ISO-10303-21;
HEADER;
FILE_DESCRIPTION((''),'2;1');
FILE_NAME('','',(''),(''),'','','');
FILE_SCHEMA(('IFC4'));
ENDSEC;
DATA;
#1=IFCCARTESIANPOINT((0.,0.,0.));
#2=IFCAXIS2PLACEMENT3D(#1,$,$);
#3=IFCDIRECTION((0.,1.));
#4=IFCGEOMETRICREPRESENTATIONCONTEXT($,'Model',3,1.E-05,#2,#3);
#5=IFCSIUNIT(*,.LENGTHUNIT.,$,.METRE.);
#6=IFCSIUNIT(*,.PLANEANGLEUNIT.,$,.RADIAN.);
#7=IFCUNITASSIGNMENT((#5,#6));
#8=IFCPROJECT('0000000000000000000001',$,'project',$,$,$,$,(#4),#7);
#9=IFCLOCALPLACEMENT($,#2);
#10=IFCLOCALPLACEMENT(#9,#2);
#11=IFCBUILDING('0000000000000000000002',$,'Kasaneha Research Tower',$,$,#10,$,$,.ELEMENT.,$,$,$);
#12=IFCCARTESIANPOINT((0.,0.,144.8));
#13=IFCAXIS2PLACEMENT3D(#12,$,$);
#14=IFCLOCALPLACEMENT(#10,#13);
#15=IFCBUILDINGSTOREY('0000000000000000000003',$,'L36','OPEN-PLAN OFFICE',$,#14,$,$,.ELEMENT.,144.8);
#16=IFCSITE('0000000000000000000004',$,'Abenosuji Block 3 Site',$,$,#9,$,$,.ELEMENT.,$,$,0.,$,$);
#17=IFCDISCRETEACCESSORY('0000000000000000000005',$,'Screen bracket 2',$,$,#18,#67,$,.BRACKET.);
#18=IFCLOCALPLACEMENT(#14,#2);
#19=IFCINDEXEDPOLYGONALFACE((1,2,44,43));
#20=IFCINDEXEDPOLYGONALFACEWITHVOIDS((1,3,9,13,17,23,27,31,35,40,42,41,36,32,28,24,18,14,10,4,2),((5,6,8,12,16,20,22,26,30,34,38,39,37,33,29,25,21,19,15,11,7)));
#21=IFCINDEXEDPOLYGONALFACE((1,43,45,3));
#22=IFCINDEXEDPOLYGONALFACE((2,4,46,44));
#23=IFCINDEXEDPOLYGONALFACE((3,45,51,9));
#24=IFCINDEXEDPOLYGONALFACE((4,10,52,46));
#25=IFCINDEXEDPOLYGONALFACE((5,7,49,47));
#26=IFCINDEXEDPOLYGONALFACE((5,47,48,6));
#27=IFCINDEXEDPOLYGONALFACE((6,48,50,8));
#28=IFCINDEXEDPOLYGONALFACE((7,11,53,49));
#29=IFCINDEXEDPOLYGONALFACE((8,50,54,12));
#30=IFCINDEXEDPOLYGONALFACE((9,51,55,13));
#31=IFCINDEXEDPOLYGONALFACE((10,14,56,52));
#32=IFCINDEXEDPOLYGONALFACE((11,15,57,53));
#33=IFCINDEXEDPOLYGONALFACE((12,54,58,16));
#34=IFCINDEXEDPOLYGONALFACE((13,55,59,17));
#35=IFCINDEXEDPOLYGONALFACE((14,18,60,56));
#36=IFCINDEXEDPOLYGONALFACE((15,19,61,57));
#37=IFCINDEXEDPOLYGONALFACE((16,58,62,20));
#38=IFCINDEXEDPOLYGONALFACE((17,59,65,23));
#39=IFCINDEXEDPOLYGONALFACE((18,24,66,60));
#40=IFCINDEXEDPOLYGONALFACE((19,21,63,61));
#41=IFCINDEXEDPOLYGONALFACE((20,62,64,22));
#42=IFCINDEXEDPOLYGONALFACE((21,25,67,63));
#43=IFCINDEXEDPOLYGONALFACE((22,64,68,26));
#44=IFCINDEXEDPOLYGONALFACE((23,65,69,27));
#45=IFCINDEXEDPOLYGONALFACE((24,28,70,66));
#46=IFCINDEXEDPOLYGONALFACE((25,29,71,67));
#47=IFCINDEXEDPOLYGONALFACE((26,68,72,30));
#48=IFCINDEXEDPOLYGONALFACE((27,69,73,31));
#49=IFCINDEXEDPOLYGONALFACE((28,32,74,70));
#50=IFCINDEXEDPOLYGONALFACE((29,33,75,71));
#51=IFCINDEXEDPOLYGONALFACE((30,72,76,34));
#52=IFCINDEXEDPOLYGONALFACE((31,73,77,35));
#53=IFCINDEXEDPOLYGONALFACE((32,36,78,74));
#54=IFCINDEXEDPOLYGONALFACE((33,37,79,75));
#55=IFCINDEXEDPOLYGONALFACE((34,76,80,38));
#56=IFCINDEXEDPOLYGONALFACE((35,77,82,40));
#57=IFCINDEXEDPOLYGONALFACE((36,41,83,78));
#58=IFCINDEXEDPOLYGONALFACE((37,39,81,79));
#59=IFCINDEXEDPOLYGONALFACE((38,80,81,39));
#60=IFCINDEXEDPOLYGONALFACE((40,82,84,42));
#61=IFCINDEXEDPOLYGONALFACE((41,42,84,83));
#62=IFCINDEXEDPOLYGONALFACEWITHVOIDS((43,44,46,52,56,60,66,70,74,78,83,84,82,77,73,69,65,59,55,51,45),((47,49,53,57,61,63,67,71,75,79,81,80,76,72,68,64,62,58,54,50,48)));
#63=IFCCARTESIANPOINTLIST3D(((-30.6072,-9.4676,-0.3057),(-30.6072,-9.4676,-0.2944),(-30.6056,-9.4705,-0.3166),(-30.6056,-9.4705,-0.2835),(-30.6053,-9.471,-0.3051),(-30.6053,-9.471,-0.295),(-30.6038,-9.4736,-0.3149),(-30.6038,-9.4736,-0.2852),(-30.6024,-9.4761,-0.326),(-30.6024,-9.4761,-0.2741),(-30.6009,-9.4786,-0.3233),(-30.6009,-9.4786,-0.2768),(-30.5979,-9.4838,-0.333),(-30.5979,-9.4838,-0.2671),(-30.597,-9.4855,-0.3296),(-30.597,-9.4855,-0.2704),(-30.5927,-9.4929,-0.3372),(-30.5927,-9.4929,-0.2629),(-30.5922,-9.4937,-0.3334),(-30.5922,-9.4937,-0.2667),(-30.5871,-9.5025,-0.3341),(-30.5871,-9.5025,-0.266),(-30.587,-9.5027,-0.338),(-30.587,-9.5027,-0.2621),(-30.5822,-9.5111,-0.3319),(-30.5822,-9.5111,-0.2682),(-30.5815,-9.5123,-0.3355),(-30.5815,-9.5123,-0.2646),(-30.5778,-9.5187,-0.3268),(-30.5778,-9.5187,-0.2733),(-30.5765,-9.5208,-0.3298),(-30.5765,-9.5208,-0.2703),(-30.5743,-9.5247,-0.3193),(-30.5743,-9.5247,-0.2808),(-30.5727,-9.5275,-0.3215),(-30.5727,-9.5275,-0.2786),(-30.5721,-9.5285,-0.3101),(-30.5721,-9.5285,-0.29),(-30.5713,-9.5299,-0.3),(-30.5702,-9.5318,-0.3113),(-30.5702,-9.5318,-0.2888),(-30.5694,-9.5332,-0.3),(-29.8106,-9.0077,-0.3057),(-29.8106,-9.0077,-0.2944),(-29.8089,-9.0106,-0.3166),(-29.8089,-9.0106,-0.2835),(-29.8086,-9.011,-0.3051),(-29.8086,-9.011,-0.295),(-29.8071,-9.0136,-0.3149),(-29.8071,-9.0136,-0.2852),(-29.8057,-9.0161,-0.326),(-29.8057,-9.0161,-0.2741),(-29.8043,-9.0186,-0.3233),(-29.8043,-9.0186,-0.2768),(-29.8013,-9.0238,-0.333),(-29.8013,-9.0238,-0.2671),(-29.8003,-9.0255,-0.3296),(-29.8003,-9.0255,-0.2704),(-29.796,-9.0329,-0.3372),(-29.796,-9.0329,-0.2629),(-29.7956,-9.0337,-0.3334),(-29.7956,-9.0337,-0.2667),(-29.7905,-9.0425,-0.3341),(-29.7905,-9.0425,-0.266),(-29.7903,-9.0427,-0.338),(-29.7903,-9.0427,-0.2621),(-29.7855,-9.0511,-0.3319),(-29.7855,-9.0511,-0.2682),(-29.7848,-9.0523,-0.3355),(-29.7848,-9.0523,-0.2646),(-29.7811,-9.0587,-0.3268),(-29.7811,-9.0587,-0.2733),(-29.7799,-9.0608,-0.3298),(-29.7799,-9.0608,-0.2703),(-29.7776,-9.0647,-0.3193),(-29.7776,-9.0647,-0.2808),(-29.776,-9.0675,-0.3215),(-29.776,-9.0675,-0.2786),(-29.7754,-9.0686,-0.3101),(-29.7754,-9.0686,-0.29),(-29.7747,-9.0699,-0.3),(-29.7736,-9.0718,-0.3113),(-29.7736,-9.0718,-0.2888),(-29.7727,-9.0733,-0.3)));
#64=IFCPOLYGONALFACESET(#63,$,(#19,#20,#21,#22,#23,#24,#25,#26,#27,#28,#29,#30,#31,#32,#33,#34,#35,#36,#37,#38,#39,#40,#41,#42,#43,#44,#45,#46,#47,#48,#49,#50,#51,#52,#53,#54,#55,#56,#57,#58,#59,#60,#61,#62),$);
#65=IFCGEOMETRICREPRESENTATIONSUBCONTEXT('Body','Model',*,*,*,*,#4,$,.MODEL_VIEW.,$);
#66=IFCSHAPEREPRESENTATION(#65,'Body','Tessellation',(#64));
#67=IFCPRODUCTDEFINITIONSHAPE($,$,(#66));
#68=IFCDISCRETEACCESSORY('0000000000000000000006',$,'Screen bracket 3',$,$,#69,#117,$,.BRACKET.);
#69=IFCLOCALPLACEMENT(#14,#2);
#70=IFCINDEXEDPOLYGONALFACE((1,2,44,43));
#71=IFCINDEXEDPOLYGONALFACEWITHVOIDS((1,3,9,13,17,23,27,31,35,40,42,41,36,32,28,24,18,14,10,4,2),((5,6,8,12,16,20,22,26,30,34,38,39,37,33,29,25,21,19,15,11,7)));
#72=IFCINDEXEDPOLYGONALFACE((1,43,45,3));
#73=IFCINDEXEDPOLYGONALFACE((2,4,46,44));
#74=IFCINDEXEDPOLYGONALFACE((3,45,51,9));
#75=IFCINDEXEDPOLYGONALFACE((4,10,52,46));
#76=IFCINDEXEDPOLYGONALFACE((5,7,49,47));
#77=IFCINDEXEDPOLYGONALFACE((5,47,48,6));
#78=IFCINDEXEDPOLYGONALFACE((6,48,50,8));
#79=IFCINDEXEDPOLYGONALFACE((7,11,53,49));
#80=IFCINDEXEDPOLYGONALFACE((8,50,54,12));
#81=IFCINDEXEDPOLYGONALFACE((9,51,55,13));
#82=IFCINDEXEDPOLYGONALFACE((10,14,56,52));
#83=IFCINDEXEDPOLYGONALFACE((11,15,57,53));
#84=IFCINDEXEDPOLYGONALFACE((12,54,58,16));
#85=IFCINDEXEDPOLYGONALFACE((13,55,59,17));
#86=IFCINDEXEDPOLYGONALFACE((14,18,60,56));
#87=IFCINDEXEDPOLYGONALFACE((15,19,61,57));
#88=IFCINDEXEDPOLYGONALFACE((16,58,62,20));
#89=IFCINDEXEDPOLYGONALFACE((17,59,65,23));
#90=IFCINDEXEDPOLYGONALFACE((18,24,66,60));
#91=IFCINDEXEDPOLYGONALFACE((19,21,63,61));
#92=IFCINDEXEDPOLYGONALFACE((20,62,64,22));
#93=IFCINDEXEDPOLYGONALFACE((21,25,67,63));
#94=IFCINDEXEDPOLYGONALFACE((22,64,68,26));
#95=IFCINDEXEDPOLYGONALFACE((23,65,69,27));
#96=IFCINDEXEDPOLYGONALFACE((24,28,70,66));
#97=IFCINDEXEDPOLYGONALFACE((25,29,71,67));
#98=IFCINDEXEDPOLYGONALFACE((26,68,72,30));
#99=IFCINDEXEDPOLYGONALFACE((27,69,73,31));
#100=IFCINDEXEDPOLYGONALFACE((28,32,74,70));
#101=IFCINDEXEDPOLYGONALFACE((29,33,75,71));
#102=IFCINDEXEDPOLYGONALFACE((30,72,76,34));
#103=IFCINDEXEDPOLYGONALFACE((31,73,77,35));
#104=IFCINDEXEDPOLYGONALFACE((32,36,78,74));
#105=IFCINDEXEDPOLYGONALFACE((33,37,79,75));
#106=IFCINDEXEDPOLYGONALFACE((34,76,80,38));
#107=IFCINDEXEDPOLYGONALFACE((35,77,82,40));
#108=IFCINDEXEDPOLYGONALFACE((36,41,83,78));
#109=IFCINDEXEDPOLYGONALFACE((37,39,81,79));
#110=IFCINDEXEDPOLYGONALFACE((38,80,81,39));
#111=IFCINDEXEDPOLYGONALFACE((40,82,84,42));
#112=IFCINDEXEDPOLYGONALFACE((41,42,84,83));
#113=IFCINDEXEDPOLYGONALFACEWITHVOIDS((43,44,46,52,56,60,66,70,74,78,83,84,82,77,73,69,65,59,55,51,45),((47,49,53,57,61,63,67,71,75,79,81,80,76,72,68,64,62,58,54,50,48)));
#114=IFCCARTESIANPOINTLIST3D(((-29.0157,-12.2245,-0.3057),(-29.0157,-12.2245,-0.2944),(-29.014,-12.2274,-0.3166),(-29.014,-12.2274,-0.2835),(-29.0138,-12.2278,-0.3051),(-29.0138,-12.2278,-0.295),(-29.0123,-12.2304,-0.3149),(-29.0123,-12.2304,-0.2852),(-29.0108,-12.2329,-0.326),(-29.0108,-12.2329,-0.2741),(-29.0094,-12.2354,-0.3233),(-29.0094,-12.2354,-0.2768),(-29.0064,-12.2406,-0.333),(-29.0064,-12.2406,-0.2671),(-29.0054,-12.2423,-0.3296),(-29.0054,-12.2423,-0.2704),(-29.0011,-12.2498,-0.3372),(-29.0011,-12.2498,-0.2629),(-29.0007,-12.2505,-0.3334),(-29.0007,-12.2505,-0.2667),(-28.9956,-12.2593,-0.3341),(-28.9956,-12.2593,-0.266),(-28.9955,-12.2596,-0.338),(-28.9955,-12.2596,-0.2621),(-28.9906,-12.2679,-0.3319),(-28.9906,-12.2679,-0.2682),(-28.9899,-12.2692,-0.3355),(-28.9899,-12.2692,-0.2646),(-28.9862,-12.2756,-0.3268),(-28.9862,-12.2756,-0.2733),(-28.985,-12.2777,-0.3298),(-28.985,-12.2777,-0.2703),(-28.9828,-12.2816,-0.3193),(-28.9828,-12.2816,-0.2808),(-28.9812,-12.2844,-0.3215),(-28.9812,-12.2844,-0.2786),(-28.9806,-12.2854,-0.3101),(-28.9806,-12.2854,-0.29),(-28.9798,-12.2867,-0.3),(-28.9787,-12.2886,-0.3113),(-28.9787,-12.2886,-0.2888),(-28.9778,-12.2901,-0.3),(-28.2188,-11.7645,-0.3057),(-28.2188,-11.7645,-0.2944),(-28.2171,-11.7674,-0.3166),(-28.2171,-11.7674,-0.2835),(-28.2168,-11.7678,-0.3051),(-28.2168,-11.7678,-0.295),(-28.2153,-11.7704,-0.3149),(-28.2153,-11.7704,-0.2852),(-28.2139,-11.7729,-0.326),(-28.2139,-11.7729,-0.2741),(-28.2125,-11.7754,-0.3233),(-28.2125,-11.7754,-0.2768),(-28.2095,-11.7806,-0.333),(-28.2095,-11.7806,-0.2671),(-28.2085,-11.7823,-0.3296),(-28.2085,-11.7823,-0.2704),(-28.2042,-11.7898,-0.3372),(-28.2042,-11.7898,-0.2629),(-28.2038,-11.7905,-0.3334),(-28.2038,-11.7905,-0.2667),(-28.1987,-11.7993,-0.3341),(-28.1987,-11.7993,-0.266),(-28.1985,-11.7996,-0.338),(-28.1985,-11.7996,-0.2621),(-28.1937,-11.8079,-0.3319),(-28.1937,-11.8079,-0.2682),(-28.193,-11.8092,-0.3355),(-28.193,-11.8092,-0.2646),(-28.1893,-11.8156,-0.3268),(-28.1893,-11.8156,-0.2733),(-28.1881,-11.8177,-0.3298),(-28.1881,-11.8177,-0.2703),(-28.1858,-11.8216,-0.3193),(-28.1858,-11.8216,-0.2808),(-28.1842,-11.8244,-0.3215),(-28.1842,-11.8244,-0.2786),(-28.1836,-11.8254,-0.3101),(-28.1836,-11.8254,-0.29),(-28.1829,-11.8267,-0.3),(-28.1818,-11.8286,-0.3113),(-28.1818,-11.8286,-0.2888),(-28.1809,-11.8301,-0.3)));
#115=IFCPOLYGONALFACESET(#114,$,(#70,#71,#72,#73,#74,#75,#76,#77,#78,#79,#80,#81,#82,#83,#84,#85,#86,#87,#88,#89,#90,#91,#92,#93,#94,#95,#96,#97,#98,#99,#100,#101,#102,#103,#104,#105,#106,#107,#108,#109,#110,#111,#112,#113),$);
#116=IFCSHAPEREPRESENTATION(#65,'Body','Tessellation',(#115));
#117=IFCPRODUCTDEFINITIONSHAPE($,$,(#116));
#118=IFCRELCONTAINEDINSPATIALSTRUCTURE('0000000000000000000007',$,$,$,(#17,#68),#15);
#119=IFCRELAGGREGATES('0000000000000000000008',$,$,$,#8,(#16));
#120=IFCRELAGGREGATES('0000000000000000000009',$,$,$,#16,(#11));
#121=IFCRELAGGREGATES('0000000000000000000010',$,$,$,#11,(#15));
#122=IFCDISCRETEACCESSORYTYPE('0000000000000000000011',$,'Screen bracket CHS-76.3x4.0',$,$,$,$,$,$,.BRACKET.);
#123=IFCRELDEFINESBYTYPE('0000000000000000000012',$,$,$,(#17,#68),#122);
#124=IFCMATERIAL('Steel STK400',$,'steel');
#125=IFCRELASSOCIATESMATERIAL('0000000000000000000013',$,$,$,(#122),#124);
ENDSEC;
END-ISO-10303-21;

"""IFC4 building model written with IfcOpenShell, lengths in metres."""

from ifc_helpers import new_model, si_unit, direction, frame, origin, origin_2d, place, context, subcontext, project, spatial, hollow_circle, extrude, material, material_profile, profile_set, type_object, element, save


model = new_model("IFC4")

# Units and contexts
model_context = context("Model", 3, precision=1e-05, world=origin(), true_north=direction((0.0, 1.0)))
body_context = subcontext(model_context, "Body", "Model", "MODEL_VIEW")
ifc_project = project(units=[si_unit("LENGTHUNIT", "METRE"), si_unit("PLANEANGLEUNIT", "RADIAN")], contexts=[model_context])

# Site, building, storey
site_placement = place(None, origin())
site = spatial("IfcSite", under=ifc_project, at=site_placement, Name="Abenosuji Block 3 Site", CompositionType="ELEMENT", RefElevation=0.0)
building_placement = place(site_placement, origin())
building = spatial("IfcBuilding", under=site, at=building_placement, Name="Kasaneha Research Tower", CompositionType="ELEMENT")
storey_placement = place(building_placement, frame((0.0, 0.0, 144.8)))
storey = spatial("IfcBuildingStorey", under=building, at=storey_placement, Name="L36", Description="OPEN-PLAN OFFICE", CompositionType="ELEMENT", Elevation=144.8)

# Discrete accessories
ifc_material_1 = material(Name="Steel STK400", Category="steel")
ifc_material_profile_1 = material_profile(ifc_material_1, hollow_circle(Radius=0.0381, WallThickness=0.0039, at=origin_2d()), Name="CHS-76.3x4.0")
ifc_profile_set_1 = profile_set([ifc_material_profile_1], Name="Steel STK400")
discrete_accessory_type = type_object("IfcDiscreteAccessoryType", Name="Screen bracket CHS-76.3x4.0", PredefinedType="BRACKET", material=ifc_profile_set_1)
discrete_accessory_1_placement = place(storey_placement, frame((-29.7917, -9.0403, -0.3), z_axis=(-0.866013, -0.500021, 0.0), x_axis=(0.500021, -0.866013, 0.0)))
element("IfcDiscreteAccessory", 1, at=discrete_accessory_1_placement, inside=storey, type_object=discrete_accessory_type, Name="Screen bracket 2", PredefinedType="BRACKET", context=body_context, shape_type="SweptSolid", body=[
    extrude(hollow_circle(Radius=0.0381, WallThickness=0.0039, at=origin_2d()), origin(), (0.0, 0.0, 1.0), 0.9199),
])
discrete_accessory_2_placement = place(storey_placement, frame((-28.2, -11.7971, -0.3), z_axis=(-0.86608, -0.499906, 0.0), x_axis=(0.499906, -0.86608, 0.0)))
element("IfcDiscreteAccessory", 2, at=discrete_accessory_2_placement, inside=storey, type_object=discrete_accessory_type, Name="Screen bracket 3", PredefinedType="BRACKET", context=body_context, shape_type="SweptSolid", body=[
    extrude(hollow_circle(Radius=0.0381, WallThickness=0.0039, at=origin_2d()), origin(), (0.0, 0.0, 1.0), 0.9202),
])

save(model, "model.ifc")
